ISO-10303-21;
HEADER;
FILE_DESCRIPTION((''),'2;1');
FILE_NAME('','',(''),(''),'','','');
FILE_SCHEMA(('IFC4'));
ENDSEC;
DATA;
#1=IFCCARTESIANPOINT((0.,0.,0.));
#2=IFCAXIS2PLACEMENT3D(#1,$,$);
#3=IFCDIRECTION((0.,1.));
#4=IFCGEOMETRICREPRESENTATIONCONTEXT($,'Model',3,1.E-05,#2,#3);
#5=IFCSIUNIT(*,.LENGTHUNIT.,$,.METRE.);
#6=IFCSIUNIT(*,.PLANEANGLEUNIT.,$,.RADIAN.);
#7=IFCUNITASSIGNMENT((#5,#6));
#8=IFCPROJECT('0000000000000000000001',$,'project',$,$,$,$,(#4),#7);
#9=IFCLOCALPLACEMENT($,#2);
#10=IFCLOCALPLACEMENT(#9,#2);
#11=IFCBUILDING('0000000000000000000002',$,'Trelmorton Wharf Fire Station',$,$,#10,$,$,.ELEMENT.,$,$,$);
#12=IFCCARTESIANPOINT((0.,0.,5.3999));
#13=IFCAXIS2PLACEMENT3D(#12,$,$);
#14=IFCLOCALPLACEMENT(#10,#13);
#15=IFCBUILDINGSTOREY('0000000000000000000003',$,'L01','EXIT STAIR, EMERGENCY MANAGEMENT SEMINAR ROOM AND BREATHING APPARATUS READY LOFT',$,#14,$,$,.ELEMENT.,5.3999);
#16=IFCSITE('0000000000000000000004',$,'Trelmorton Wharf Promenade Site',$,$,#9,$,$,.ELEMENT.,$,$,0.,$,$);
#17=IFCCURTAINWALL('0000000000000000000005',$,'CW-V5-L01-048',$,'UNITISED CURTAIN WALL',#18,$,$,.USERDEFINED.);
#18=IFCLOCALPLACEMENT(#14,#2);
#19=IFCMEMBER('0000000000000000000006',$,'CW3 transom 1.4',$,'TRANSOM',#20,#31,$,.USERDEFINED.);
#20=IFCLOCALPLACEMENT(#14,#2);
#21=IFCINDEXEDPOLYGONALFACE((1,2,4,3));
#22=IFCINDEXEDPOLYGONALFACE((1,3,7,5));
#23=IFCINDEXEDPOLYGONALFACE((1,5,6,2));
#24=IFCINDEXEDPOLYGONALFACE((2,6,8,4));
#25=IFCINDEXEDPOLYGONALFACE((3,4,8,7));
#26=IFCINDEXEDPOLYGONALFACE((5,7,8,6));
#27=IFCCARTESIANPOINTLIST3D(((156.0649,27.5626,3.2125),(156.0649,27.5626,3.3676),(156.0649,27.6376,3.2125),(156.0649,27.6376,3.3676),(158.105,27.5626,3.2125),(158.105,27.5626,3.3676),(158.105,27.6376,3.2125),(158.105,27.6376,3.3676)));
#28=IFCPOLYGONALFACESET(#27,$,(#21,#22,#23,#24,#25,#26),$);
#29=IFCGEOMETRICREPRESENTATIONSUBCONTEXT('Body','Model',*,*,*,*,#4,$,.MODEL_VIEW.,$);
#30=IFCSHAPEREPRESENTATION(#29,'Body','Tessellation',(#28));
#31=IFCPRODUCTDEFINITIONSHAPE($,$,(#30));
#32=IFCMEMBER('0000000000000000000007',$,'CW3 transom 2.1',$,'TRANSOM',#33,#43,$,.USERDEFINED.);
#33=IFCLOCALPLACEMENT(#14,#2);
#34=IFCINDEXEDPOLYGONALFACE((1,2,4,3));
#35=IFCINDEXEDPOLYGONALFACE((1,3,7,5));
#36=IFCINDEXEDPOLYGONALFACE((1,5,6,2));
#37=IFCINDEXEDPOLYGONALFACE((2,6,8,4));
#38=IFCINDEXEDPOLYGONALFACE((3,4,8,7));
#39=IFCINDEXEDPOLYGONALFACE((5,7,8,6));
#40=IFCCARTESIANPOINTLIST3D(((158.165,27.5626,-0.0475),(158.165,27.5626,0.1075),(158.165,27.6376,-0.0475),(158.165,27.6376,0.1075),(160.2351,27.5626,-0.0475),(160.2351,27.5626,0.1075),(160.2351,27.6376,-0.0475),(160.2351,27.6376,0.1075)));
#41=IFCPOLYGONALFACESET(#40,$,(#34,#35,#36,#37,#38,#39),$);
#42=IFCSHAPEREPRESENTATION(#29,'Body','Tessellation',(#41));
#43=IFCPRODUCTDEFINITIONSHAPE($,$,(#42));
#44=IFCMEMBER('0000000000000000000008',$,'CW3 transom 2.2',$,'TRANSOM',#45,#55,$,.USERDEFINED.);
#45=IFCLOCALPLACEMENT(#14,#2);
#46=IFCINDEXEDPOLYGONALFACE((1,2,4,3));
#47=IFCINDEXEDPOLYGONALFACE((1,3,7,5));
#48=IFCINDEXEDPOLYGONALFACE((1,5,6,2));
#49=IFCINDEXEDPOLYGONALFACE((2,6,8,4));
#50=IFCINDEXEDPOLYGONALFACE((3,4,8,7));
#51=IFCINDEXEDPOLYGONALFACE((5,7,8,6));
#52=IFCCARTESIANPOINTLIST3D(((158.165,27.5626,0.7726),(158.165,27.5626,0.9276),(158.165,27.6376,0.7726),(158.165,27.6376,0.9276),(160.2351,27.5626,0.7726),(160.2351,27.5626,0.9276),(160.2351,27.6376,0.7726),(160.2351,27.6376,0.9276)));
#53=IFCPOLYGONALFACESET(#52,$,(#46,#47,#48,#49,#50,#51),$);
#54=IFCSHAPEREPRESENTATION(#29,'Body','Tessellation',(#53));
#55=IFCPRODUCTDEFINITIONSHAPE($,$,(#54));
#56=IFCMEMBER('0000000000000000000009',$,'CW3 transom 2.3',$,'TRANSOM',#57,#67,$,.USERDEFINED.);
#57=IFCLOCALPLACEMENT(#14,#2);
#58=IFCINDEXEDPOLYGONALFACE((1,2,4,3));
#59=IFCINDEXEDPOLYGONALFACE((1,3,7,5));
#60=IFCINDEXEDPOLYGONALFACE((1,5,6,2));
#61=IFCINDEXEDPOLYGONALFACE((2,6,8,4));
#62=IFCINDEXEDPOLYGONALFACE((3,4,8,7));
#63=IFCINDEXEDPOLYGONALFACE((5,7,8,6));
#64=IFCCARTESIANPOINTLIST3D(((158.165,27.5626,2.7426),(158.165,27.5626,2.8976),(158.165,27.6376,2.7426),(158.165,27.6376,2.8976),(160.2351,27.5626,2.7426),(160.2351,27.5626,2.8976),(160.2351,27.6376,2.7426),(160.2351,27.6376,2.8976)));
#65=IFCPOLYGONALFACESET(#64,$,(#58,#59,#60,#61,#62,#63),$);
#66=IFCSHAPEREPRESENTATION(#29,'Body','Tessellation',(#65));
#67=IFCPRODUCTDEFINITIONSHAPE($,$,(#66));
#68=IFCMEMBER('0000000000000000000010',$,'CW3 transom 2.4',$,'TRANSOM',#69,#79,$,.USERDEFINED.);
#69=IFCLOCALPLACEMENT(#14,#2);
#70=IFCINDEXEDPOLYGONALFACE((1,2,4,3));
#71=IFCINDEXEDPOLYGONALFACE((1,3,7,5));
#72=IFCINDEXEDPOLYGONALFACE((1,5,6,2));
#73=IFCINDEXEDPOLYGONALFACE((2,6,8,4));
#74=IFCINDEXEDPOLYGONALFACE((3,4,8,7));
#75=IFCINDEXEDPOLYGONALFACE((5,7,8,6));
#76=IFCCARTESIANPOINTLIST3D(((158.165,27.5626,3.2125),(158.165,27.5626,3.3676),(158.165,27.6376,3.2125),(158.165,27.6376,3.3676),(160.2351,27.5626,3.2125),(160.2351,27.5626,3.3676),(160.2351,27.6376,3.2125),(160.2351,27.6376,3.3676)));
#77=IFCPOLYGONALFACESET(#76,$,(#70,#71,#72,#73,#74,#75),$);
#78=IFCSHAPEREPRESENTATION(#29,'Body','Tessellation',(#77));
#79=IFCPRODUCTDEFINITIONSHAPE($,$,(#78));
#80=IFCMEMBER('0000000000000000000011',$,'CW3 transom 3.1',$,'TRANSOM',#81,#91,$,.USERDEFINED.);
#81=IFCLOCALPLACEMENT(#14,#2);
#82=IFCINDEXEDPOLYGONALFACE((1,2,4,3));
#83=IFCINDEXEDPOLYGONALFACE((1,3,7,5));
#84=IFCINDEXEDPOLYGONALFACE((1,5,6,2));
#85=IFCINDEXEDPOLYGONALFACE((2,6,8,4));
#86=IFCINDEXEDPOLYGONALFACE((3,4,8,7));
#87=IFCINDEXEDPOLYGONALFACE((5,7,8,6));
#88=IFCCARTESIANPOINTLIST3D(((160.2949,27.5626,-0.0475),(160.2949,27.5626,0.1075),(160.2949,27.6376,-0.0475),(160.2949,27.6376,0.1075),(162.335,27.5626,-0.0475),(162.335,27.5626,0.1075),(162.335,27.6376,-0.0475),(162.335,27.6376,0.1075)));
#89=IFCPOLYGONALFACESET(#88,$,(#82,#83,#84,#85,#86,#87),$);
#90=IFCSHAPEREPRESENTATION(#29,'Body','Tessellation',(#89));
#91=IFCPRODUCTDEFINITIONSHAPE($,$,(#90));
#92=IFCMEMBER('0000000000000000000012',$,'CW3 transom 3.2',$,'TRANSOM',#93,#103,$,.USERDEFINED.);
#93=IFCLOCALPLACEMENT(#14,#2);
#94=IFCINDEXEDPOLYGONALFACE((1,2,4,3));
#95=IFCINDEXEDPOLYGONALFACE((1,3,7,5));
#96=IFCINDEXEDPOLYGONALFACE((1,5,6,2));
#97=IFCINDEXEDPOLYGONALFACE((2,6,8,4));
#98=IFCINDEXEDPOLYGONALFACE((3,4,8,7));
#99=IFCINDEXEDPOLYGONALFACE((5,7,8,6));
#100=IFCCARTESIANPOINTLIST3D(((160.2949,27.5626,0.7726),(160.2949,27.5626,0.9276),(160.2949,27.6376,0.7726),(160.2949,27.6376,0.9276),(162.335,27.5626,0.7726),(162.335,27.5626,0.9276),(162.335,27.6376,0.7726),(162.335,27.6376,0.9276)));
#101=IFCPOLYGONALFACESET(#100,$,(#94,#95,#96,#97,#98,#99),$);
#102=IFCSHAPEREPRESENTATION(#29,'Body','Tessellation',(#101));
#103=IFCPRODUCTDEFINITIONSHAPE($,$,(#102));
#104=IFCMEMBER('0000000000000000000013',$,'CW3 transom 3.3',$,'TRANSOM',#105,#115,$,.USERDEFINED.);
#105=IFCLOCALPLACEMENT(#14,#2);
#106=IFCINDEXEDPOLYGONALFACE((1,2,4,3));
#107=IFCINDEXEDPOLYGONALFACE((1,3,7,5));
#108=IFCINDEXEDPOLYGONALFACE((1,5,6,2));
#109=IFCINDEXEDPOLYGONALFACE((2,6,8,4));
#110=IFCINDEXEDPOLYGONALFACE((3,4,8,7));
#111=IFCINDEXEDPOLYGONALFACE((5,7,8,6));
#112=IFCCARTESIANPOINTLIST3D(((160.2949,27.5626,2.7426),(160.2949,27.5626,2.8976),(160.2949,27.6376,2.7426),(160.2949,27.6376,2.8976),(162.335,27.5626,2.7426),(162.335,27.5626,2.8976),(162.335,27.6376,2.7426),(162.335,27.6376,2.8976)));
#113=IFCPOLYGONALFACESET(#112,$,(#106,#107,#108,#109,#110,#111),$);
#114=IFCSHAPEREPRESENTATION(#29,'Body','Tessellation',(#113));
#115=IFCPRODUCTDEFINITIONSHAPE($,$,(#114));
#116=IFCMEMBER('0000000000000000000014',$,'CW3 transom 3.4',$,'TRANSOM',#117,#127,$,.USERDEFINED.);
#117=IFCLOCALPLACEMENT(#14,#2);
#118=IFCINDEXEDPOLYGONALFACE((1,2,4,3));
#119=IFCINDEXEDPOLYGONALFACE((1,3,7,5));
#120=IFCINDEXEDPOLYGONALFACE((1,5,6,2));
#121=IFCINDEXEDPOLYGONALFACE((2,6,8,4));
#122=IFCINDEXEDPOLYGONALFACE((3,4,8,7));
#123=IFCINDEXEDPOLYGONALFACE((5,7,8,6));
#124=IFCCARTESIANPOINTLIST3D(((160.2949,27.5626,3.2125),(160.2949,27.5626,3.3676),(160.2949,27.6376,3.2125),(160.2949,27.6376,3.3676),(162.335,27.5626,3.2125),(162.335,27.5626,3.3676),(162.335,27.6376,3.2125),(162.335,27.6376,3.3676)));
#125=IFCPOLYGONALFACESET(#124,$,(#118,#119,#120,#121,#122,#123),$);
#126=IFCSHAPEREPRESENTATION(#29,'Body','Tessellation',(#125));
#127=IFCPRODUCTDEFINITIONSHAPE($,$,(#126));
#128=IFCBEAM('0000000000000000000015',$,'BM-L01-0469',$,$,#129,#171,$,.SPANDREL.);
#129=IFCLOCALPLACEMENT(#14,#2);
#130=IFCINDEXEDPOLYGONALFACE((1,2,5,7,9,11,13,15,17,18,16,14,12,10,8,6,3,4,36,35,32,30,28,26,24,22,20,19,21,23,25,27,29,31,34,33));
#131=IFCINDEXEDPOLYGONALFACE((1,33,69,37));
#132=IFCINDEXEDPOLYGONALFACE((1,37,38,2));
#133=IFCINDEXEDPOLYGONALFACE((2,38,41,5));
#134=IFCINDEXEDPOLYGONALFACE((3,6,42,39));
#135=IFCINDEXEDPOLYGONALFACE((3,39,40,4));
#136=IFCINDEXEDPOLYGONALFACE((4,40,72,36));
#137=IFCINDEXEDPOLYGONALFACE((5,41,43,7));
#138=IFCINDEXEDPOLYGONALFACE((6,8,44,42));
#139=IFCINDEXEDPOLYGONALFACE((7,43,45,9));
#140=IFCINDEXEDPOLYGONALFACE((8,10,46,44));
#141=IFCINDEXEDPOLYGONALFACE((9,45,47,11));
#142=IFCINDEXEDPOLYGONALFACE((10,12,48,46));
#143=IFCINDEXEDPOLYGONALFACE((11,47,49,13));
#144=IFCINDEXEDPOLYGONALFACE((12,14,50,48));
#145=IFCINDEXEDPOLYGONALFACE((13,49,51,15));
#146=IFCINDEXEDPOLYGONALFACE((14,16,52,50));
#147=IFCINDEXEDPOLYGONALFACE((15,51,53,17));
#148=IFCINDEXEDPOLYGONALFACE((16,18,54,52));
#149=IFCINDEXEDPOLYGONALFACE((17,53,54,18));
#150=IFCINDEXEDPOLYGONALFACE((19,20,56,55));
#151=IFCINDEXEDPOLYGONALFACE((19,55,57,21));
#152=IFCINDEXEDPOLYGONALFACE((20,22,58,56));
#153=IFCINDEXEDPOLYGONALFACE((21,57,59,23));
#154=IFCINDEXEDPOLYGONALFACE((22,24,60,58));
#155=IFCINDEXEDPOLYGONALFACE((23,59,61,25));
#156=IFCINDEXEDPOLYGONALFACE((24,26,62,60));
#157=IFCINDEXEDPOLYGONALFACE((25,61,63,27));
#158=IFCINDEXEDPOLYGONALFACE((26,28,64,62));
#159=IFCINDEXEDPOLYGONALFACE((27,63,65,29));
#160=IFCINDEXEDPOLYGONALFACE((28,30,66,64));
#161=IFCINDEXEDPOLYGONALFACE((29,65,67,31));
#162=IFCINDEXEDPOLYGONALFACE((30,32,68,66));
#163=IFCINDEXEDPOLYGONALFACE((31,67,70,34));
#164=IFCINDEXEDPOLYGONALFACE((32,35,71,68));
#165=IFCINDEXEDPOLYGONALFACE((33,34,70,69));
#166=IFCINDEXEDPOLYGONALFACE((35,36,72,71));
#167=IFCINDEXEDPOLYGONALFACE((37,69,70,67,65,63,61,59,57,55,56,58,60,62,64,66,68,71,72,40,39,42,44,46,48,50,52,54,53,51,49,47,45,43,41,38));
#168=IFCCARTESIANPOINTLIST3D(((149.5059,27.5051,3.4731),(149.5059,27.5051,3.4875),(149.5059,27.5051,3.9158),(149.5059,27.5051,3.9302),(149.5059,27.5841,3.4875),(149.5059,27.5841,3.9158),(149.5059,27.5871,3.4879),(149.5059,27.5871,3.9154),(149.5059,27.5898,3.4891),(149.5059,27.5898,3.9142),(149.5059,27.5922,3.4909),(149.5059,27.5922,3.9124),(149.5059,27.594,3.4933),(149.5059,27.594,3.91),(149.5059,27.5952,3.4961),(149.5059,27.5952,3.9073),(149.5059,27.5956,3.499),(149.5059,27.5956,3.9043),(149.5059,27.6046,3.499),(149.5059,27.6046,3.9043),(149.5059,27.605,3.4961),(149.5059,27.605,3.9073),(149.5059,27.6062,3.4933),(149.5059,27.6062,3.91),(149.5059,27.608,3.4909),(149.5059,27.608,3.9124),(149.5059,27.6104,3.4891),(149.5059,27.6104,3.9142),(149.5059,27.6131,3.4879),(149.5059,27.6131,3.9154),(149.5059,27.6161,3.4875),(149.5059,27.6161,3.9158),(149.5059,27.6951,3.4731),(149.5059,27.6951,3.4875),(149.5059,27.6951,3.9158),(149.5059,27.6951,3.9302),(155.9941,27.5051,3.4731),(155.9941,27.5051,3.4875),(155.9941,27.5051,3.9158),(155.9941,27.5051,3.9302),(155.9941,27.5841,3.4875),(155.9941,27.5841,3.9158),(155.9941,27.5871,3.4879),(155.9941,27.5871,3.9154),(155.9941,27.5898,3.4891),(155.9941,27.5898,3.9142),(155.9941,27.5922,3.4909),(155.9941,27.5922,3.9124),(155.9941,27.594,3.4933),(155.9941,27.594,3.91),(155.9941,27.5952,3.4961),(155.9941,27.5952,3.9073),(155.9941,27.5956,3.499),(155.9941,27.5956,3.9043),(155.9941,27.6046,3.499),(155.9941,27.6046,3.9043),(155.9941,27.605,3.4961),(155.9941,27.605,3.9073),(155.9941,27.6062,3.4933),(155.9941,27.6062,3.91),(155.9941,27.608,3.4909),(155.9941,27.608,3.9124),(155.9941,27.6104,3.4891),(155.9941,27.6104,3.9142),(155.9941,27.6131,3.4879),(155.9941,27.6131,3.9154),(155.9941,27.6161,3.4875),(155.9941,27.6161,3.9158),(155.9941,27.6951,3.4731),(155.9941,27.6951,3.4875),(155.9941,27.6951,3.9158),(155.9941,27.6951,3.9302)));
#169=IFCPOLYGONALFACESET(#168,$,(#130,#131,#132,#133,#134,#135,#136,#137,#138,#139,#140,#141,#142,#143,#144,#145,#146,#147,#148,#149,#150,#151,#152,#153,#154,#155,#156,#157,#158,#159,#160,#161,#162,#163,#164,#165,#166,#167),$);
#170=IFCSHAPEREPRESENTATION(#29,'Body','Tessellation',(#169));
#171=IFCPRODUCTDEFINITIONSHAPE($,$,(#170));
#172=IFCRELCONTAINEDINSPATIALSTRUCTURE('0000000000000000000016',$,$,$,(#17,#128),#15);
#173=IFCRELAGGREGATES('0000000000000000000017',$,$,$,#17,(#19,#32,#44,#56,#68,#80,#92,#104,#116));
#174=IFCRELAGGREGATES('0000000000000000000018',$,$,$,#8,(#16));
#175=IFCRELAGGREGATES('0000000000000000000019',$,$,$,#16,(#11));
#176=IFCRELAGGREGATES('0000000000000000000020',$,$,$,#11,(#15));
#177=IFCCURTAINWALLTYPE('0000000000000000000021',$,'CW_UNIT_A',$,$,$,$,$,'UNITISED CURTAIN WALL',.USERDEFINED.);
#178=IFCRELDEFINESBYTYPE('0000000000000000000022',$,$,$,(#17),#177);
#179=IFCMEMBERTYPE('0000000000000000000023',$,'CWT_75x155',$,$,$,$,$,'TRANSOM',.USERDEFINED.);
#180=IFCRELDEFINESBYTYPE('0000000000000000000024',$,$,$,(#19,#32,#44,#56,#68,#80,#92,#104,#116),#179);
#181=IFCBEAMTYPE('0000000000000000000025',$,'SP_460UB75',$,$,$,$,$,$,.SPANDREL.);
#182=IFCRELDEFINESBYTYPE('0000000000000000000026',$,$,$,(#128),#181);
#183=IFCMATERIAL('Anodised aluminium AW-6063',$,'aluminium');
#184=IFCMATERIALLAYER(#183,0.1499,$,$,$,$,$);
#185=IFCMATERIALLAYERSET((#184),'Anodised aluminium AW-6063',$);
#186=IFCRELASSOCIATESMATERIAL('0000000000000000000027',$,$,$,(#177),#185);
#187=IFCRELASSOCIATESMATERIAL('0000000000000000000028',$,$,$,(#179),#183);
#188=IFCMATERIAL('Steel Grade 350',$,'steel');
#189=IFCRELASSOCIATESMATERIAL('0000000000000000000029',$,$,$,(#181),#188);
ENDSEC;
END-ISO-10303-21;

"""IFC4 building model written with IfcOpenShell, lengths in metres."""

from ifc_helpers import new_model, si_unit, direction, frame, origin, origin_2d, place, context, subcontext, project, spatial, rectangle, i_section, extrude, material, layer, layer_set, material_profile, profile_set, type_object, element, aggregate, save


model = new_model("IFC4")

# Units and contexts
model_context = context("Model", 3, precision=1e-05, world=origin(), true_north=direction((0.0, 1.0)))
body_context = subcontext(model_context, "Body", "Model", "MODEL_VIEW")
ifc_project = project(units=[si_unit("LENGTHUNIT", "METRE"), si_unit("PLANEANGLEUNIT", "RADIAN")], contexts=[model_context])

# Site, building, storey
site_placement = place(None, origin())
site = spatial("IfcSite", under=ifc_project, at=site_placement, Name="Trelmorton Wharf Promenade Site", CompositionType="ELEMENT", RefElevation=0.0)
building_placement = place(site_placement, origin())
building = spatial("IfcBuilding", under=site, at=building_placement, Name="Trelmorton Wharf Fire Station", CompositionType="ELEMENT")
storey_placement = place(building_placement, frame((0.0, 0.0, 5.3999)))
storey = spatial("IfcBuildingStorey", under=building, at=storey_placement, Name="L01", Description="EXIT STAIR, EMERGENCY MANAGEMENT SEMINAR ROOM AND BREATHING APPARATUS READY LOFT", CompositionType="ELEMENT", Elevation=5.3999)

# Shared definitions
ifc_material_1 = material(Name="Steel Grade 350", Category="steel")

# Curtain wall, members
ifc_material_2 = material(Name="Anodised aluminium AW-6063", Category="aluminium")
ifc_layer_1 = layer(ifc_material_2, 0.1499)
ifc_layer_set_1 = layer_set([ifc_layer_1], Name="Anodised aluminium AW-6063")
curtain_wall_type = type_object("IfcCurtainWallType", Name="CW_UNIT_A", ElementType="UNITISED CURTAIN WALL", PredefinedType="USERDEFINED", material=ifc_layer_set_1)
curtain_wall_placement = place(storey_placement, origin())
curtain_wall = element("IfcCurtainWall", 1, at=curtain_wall_placement, inside=storey, type_object=curtain_wall_type, Name="CW-V5-L01-048", ObjectType="UNITISED CURTAIN WALL", PredefinedType="USERDEFINED")
ifc_material_profile_1 = material_profile(ifc_material_2, rectangle(XDim=0.075, YDim=0.155, at=origin_2d()), Name="ALU-75x155")
ifc_profile_set_1 = profile_set([ifc_material_profile_1], Name="Anodised aluminium AW-6063")
member_type_1 = type_object("IfcMemberType", Name="CWT_75x155", ElementType="TRANSOM", PredefinedType="USERDEFINED", material=ifc_profile_set_1)
member_1_placement = place(storey_placement, frame((156.0649, 27.6001, 3.29), z_axis=(1.0, 0.0, 0.0), x_axis=(0.0, 1.0, 0.0)))
member_1 = element("IfcMember", 2, at=member_1_placement, type_object=member_type_1, Name="CW3 transom 1.4", ObjectType="TRANSOM", PredefinedType="USERDEFINED", context=body_context, shape_type="SweptSolid", body=[
    extrude(rectangle(XDim=0.075, YDim=0.155, at=origin_2d()), origin(), (0.0, 0.0, 1.0), 2.04),
])
member_2_placement = place(storey_placement, frame((158.165, 27.6001, 0.03), z_axis=(1.0, 0.0, 0.0), x_axis=(0.0, 1.0, 0.0)))
member_2 = element("IfcMember", 3, at=member_2_placement, type_object=member_type_1, Name="CW3 transom 2.1", ObjectType="TRANSOM", PredefinedType="USERDEFINED", context=body_context, shape_type="SweptSolid", body=[
    extrude(rectangle(XDim=0.075, YDim=0.155, at=origin_2d()), origin(), (0.0, 0.0, 1.0), 2.0701),
])
member_3_placement = place(storey_placement, frame((158.165, 27.6001, 0.8501), z_axis=(1.0, 0.0, 0.0), x_axis=(0.0, 1.0, 0.0)))
member_3 = element("IfcMember", 4, at=member_3_placement, type_object=member_type_1, Name="CW3 transom 2.2", ObjectType="TRANSOM", PredefinedType="USERDEFINED", context=body_context, shape_type="SweptSolid", body=[
    extrude(rectangle(XDim=0.075, YDim=0.155, at=origin_2d()), origin(), (0.0, 0.0, 1.0), 2.0701),
])
member_4_placement = place(storey_placement, frame((158.165, 27.6001, 2.8201), z_axis=(1.0, 0.0, 0.0), x_axis=(0.0, 1.0, 0.0)))
member_4 = element("IfcMember", 5, at=member_4_placement, type_object=member_type_1, Name="CW3 transom 2.3", ObjectType="TRANSOM", PredefinedType="USERDEFINED", context=body_context, shape_type="SweptSolid", body=[
    extrude(rectangle(XDim=0.075, YDim=0.155, at=origin_2d()), origin(), (0.0, 0.0, 1.0), 2.0701),
])
member_5_placement = place(storey_placement, frame((158.165, 27.6001, 3.29), z_axis=(1.0, 0.0, 0.0), x_axis=(0.0, 1.0, 0.0)))
member_5 = element("IfcMember", 6, at=member_5_placement, type_object=member_type_1, Name="CW3 transom 2.4", ObjectType="TRANSOM", PredefinedType="USERDEFINED", context=body_context, shape_type="SweptSolid", body=[
    extrude(rectangle(XDim=0.075, YDim=0.155, at=origin_2d()), origin(), (0.0, 0.0, 1.0), 2.0701),
])
member_6_placement = place(storey_placement, frame((160.2949, 27.6001, 0.03), z_axis=(1.0, 0.0, 0.0), x_axis=(0.0, 1.0, 0.0)))
member_6 = element("IfcMember", 7, at=member_6_placement, type_object=member_type_1, Name="CW3 transom 3.1", ObjectType="TRANSOM", PredefinedType="USERDEFINED", context=body_context, shape_type="SweptSolid", body=[
    extrude(rectangle(XDim=0.075, YDim=0.155, at=origin_2d()), origin(), (0.0, 0.0, 1.0), 2.04),
])
member_7_placement = place(storey_placement, frame((160.2949, 27.6001, 0.8501), z_axis=(1.0, 0.0, 0.0), x_axis=(0.0, 1.0, 0.0)))
member_7 = element("IfcMember", 8, at=member_7_placement, type_object=member_type_1, Name="CW3 transom 3.2", ObjectType="TRANSOM", PredefinedType="USERDEFINED", context=body_context, shape_type="SweptSolid", body=[
    extrude(rectangle(XDim=0.075, YDim=0.155, at=origin_2d()), origin(), (0.0, 0.0, 1.0), 2.04),
])
member_8_placement = place(storey_placement, frame((160.2949, 27.6001, 2.8201), z_axis=(1.0, 0.0, 0.0), x_axis=(0.0, 1.0, 0.0)))
member_8 = element("IfcMember", 9, at=member_8_placement, type_object=member_type_1, Name="CW3 transom 3.3", ObjectType="TRANSOM", PredefinedType="USERDEFINED", context=body_context, shape_type="SweptSolid", body=[
    extrude(rectangle(XDim=0.075, YDim=0.155, at=origin_2d()), origin(), (0.0, 0.0, 1.0), 2.04),
])
member_9_placement = place(storey_placement, frame((160.2949, 27.6001, 3.29), z_axis=(1.0, 0.0, 0.0), x_axis=(0.0, 1.0, 0.0)))
member_9 = element("IfcMember", 10, at=member_9_placement, type_object=member_type_1, Name="CW3 transom 3.4", ObjectType="TRANSOM", PredefinedType="USERDEFINED", context=body_context, shape_type="SweptSolid", body=[
    extrude(rectangle(XDim=0.075, YDim=0.155, at=origin_2d()), origin(), (0.0, 0.0, 1.0), 2.04),
])

# Beam
ifc_material_profile_2 = material_profile(ifc_material_1, i_section(OverallWidth=0.1899, OverallDepth=0.457, WebThickness=0.009, FlangeThickness=0.0144, FilletRadius=0.0115, at=origin_2d()), Name="460UB74.6")
ifc_profile_set_2 = profile_set([ifc_material_profile_2], Name="Steel Grade 350")
beam_type = type_object("IfcBeamType", Name="SP_460UB75", PredefinedType="SPANDREL", material=ifc_profile_set_2)
beam_1_placement = place(storey_placement, frame((149.5059, 27.6001, 3.7017), z_axis=(1.0, 0.0, 0.0), x_axis=(0.0, 1.0, 0.0)))
element("IfcBeam", 11, at=beam_1_placement, inside=storey, type_object=beam_type, Name="BM-L01-0469", PredefinedType="SPANDREL", context=body_context, shape_type="SweptSolid", body=[
    extrude(i_section(OverallWidth=0.1899, OverallDepth=0.457, WebThickness=0.009, FlangeThickness=0.0144, FilletRadius=0.0115, at=origin_2d()), origin(), (0.0, 0.0, 1.0), 6.4883),
])

aggregate(curtain_wall, [member_1, member_2, member_3, member_4, member_5, member_6, member_7, member_8, member_9])

save(model, "model.ifc")
